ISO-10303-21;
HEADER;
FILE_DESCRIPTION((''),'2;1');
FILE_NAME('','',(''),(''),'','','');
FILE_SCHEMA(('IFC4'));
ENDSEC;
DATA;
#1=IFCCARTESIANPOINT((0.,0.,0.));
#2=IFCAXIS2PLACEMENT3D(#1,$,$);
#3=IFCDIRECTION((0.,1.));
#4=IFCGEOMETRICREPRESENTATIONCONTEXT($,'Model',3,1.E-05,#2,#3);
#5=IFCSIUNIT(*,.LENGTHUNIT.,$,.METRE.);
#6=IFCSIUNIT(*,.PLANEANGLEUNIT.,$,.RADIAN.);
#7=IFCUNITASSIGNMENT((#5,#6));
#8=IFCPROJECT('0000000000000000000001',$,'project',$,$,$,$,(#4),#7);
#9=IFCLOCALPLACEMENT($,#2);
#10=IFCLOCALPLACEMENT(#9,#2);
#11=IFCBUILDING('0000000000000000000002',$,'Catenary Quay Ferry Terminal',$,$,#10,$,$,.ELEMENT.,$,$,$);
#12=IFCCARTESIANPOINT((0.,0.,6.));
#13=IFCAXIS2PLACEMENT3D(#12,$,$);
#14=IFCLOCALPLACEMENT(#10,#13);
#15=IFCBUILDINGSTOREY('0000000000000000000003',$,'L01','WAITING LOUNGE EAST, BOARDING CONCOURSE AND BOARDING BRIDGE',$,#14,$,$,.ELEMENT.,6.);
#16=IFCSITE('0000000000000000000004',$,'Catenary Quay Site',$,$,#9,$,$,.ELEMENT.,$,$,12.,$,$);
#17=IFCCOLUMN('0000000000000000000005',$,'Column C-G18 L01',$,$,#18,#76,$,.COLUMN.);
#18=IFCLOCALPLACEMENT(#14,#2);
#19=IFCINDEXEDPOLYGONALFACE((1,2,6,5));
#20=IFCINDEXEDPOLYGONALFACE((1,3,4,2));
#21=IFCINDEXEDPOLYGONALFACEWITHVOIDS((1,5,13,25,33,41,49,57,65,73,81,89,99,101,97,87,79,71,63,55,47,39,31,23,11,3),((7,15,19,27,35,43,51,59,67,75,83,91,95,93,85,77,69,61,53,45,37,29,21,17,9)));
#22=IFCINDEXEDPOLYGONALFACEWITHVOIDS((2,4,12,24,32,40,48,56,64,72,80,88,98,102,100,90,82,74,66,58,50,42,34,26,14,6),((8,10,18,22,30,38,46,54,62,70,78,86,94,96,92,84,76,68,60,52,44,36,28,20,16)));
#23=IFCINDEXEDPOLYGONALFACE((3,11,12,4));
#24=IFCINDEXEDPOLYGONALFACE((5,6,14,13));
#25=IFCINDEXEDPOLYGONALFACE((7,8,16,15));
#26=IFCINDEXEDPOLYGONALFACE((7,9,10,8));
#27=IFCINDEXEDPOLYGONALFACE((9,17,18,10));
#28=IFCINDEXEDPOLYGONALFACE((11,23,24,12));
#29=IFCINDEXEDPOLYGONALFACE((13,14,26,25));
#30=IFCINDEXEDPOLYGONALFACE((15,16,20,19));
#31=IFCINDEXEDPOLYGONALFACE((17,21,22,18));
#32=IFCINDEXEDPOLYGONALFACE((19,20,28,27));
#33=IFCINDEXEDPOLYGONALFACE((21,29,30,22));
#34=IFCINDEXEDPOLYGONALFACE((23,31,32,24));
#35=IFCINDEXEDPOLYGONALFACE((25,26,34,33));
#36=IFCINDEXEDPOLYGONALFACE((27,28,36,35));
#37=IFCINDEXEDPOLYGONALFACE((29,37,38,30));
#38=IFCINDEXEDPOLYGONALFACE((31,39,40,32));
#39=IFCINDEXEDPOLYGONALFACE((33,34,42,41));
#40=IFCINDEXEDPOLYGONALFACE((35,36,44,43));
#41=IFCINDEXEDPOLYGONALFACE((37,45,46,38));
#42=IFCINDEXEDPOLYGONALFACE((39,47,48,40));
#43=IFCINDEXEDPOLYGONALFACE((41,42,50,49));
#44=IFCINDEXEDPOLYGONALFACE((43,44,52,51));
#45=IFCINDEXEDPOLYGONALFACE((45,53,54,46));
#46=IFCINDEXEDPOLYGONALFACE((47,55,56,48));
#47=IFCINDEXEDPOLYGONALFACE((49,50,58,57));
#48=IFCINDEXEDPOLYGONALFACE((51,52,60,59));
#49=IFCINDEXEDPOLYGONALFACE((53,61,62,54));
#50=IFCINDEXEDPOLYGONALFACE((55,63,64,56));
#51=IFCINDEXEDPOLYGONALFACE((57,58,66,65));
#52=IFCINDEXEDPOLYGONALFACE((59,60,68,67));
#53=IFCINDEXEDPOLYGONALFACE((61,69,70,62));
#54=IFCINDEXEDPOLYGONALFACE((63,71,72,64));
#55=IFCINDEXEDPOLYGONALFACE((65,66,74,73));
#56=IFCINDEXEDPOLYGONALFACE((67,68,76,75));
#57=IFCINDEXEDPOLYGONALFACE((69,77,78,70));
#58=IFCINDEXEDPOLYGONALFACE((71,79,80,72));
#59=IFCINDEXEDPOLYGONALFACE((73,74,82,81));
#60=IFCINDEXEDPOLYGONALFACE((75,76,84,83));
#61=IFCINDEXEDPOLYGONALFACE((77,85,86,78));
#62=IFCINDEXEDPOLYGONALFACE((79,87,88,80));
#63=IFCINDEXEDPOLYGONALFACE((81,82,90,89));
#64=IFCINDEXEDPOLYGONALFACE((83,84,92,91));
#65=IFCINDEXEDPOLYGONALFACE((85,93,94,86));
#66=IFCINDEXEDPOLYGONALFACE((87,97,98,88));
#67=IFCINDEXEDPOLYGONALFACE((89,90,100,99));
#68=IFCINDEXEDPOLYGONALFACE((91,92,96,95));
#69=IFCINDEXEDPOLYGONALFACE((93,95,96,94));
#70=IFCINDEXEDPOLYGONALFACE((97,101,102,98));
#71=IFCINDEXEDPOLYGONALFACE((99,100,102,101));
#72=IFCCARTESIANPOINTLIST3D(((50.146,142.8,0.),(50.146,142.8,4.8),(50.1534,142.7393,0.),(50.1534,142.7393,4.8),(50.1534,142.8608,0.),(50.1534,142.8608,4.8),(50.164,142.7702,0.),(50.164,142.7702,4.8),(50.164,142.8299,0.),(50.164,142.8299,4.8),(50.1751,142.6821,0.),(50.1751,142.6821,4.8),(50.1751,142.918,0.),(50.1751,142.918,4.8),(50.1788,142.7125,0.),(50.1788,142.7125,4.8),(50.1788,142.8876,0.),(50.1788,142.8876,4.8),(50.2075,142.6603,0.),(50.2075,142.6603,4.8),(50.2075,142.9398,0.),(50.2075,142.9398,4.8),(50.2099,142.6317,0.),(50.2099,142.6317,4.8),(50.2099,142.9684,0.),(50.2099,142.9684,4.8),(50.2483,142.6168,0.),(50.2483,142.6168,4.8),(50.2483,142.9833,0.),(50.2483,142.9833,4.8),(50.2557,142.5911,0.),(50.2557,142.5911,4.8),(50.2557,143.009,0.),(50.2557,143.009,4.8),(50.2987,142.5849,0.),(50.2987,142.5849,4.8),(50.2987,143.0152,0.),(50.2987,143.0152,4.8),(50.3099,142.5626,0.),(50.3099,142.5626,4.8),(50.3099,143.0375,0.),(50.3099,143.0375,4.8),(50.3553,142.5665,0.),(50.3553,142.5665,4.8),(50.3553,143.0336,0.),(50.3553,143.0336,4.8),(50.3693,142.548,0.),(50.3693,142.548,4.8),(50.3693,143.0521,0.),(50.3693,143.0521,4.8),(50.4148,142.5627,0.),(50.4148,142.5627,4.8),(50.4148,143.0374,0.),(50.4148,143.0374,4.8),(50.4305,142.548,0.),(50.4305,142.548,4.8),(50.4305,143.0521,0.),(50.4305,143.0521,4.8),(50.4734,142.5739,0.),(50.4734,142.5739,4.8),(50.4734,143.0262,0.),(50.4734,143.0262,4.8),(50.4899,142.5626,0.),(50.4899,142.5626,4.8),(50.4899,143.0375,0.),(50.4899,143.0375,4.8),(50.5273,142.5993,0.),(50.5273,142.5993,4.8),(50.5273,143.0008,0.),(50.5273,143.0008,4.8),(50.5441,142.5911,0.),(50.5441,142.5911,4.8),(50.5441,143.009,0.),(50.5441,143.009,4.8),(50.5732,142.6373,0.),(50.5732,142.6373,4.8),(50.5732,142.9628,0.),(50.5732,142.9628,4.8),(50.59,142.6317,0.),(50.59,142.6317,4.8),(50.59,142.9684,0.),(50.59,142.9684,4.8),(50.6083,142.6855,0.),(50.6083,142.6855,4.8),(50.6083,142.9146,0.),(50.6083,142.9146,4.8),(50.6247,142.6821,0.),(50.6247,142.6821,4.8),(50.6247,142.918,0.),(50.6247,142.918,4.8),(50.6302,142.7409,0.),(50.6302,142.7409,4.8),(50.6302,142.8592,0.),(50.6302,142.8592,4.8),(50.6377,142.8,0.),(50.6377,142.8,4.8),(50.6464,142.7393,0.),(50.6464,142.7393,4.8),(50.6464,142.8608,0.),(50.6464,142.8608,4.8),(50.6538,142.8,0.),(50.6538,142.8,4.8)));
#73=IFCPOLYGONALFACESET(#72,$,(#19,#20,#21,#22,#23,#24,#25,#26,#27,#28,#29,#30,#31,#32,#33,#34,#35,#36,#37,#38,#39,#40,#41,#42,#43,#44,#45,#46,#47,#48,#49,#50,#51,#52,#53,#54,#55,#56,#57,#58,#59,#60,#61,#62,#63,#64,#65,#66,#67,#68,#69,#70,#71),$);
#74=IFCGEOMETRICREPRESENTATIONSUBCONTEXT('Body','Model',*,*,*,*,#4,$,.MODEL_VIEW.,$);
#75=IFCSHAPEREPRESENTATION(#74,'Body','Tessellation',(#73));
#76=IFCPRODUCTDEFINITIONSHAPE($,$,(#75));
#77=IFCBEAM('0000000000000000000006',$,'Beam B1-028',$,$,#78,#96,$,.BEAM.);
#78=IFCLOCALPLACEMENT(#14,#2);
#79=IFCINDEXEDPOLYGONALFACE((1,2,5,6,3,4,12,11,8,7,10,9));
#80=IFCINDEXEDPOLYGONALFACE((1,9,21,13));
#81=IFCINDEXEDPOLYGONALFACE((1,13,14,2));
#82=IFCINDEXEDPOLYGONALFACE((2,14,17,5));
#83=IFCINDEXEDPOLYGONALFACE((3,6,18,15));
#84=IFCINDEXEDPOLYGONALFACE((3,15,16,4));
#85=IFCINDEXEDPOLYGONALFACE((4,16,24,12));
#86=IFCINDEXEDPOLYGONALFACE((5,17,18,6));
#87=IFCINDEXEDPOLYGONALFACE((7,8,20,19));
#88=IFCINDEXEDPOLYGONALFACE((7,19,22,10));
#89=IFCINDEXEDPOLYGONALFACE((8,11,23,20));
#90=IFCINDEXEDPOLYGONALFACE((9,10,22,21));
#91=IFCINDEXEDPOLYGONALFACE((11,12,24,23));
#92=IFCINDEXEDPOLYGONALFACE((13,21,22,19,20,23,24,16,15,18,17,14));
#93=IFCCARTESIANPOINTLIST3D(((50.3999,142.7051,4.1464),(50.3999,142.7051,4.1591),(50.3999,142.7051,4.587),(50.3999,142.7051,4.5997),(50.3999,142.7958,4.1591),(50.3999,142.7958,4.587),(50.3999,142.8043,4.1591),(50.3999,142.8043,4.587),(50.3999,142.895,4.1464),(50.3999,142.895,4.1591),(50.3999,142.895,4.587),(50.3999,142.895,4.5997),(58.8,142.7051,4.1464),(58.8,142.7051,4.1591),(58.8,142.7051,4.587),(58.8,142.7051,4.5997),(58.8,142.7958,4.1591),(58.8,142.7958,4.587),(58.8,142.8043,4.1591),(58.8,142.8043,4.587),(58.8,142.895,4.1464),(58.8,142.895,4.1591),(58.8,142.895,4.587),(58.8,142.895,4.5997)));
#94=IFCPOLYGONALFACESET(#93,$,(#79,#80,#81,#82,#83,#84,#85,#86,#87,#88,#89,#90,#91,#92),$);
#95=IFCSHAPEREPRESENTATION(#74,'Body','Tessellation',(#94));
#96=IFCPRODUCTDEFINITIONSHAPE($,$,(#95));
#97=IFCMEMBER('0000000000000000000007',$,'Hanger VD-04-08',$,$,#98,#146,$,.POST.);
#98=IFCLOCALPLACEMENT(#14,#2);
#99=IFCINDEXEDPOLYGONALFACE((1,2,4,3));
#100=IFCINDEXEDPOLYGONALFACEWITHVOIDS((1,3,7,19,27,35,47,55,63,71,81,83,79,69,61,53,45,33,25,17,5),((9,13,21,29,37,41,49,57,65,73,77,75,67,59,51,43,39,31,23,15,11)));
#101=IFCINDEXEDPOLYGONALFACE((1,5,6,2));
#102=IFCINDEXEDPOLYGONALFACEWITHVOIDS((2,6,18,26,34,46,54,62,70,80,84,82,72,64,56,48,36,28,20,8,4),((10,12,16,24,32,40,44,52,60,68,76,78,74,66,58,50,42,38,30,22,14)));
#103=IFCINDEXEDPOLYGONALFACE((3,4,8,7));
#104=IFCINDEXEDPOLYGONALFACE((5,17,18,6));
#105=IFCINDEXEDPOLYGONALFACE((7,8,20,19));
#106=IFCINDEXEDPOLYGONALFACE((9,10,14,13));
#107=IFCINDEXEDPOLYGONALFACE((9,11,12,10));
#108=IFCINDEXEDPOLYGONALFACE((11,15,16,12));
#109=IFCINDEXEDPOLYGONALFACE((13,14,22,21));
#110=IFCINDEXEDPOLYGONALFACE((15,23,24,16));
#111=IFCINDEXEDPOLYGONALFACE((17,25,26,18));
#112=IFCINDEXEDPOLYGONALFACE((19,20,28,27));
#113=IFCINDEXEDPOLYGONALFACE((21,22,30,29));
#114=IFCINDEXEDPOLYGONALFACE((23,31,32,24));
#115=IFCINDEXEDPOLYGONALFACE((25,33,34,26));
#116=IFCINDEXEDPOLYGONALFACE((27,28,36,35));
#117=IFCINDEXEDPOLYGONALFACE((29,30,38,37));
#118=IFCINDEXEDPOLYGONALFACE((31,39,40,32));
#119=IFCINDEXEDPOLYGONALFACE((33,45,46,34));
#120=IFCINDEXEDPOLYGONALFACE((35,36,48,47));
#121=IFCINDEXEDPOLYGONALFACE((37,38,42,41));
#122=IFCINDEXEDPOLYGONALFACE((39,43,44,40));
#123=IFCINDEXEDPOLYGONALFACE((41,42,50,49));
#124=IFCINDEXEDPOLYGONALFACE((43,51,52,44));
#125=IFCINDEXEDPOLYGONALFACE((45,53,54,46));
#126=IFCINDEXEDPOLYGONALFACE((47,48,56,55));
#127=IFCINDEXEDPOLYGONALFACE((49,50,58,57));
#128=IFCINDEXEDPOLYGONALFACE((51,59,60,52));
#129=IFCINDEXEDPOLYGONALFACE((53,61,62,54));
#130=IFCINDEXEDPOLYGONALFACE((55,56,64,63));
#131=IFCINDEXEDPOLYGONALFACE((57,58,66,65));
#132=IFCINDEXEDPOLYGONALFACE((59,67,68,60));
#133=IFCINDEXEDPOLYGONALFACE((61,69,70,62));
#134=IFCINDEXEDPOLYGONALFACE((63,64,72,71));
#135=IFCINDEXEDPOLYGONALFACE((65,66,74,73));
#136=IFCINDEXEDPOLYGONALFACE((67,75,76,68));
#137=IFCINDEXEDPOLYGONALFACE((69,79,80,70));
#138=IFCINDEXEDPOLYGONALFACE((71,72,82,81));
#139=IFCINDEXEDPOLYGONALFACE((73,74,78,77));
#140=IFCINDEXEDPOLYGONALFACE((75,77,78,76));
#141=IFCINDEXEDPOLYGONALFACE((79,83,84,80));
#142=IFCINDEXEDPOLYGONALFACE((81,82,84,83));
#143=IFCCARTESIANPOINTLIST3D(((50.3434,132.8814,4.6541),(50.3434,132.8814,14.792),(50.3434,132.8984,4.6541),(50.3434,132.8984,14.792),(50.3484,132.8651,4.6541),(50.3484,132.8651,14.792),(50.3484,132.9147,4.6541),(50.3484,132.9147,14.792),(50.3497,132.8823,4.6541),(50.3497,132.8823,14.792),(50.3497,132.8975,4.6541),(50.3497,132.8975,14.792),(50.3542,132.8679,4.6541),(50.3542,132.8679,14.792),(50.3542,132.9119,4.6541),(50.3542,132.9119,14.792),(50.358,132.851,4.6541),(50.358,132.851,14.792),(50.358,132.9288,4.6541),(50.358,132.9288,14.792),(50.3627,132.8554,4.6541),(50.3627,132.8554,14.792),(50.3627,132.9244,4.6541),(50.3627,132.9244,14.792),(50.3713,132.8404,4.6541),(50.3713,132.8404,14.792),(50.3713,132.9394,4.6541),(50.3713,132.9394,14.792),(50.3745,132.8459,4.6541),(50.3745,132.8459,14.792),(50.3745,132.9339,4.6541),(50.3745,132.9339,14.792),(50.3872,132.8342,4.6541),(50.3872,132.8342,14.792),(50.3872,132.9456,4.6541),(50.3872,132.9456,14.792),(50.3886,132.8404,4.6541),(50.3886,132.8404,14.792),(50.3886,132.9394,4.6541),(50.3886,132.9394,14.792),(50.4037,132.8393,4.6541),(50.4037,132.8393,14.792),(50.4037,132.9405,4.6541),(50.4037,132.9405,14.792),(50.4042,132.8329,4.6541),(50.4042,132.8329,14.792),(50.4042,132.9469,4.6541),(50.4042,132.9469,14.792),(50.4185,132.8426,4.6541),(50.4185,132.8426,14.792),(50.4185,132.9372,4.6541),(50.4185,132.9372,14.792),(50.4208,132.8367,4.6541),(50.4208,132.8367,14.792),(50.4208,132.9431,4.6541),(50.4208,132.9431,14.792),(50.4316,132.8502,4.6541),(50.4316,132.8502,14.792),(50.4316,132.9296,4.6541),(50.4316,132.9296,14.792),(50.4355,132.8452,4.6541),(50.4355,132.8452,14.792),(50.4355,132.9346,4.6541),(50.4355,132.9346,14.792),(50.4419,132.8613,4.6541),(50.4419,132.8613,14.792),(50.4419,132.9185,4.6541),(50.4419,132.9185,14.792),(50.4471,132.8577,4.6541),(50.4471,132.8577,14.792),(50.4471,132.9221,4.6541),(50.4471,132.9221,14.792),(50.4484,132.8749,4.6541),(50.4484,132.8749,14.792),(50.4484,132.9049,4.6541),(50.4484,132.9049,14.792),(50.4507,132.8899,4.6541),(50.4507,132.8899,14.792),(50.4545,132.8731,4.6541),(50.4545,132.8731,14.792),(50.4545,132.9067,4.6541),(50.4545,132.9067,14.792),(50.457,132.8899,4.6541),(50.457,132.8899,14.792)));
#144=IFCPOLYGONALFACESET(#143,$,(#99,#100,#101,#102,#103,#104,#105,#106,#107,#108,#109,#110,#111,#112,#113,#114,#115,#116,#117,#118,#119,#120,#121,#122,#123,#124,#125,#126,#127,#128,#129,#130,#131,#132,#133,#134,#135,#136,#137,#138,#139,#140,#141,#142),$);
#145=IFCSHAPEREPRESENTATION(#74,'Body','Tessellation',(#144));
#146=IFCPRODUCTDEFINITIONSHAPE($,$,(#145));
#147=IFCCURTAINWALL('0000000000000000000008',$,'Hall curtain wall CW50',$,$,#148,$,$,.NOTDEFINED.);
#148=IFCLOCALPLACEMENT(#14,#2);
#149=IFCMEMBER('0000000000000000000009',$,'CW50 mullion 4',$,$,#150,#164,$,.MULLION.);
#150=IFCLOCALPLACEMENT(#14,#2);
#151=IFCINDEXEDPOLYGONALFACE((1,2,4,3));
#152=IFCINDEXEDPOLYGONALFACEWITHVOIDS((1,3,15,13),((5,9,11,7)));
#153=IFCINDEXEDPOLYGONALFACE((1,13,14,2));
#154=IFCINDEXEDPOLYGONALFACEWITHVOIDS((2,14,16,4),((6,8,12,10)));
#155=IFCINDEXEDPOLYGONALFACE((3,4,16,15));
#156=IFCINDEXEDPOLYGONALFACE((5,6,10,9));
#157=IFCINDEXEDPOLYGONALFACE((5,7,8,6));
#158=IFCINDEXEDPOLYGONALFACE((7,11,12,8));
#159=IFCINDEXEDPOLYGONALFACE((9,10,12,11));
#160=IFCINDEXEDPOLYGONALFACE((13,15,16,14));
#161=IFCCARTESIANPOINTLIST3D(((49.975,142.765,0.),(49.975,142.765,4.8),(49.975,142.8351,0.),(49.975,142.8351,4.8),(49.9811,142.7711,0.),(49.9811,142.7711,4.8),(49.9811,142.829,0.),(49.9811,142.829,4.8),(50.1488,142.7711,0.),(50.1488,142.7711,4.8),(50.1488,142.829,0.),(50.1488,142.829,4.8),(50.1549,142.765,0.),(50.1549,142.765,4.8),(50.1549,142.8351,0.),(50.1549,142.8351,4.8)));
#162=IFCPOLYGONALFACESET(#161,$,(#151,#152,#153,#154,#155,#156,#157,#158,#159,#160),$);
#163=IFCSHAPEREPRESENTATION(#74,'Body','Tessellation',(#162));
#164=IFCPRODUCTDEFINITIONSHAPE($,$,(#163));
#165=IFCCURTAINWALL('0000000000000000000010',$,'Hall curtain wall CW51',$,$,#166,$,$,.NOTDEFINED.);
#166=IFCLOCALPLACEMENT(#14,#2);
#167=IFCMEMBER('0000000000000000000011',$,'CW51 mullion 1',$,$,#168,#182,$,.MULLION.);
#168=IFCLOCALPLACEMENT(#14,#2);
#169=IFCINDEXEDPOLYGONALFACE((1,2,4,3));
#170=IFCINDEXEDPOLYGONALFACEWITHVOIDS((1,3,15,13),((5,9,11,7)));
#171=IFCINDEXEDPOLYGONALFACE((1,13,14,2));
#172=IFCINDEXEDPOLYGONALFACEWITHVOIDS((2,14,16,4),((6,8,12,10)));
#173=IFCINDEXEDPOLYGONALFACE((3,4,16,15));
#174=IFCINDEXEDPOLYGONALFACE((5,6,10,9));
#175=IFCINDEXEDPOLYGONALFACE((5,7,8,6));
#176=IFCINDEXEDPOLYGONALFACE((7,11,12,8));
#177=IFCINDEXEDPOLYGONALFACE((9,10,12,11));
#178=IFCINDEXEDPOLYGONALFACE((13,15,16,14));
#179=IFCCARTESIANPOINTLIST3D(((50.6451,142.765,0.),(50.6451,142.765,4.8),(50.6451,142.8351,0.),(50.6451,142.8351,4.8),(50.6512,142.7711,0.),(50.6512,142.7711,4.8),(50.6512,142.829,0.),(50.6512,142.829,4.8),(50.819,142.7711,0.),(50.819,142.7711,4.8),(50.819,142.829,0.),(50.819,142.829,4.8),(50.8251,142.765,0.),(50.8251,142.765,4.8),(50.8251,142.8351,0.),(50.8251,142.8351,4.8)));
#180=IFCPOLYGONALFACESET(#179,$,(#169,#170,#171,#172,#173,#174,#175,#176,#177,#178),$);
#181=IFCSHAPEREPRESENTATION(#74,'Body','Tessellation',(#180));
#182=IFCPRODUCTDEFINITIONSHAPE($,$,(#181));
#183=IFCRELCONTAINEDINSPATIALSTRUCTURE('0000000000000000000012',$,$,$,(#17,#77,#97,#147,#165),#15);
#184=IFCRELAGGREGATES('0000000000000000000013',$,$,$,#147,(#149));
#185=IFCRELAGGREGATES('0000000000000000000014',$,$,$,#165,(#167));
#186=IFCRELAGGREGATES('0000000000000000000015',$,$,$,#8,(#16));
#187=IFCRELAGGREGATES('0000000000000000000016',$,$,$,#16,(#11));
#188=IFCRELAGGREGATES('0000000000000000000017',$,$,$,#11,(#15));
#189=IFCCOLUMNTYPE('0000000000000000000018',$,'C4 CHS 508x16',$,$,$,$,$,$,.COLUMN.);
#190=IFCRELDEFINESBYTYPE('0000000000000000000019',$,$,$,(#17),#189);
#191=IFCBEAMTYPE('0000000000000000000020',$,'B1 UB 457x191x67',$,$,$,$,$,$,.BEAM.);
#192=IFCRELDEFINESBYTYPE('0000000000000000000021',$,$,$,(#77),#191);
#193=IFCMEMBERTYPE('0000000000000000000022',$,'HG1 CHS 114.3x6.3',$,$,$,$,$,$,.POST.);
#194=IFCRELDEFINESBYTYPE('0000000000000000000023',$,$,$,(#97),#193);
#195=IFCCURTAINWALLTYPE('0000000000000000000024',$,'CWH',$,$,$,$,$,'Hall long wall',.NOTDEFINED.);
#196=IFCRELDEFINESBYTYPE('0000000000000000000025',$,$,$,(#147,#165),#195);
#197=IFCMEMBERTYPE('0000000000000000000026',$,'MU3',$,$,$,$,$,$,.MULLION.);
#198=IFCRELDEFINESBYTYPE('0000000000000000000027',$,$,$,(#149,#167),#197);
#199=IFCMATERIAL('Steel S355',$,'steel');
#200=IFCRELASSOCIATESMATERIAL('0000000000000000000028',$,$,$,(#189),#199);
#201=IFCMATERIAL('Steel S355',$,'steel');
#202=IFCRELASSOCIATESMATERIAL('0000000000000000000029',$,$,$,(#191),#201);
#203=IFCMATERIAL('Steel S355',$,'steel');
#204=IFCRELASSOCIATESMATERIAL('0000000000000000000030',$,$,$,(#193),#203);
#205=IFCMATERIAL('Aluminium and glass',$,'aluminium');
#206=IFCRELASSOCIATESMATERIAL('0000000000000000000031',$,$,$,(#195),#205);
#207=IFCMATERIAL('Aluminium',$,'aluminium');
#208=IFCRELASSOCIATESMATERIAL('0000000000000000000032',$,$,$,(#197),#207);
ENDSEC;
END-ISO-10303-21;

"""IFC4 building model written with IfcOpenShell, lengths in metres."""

from ifc_helpers import new_model, si_unit, direction, frame, origin, origin_2d, place, context, subcontext, project, spatial, hollow_rectangle, hollow_circle, i_section, extrude, material, material_profile, profile_set, type_object, element, aggregate, save


model = new_model("IFC4")

# Units and contexts
model_context = context("Model", 3, precision=1e-05, world=origin(), true_north=direction((0.0, 1.0)))
body_context = subcontext(model_context, "Body", "Model", "MODEL_VIEW")
ifc_project = project(units=[si_unit("LENGTHUNIT", "METRE"), si_unit("PLANEANGLEUNIT", "RADIAN")], contexts=[model_context])

# Site, building, storey
site_placement = place(None, origin())
site = spatial("IfcSite", under=ifc_project, at=site_placement, Name="Catenary Quay Site", CompositionType="ELEMENT", RefElevation=12.0)
building_placement = place(site_placement, origin())
building = spatial("IfcBuilding", under=site, at=building_placement, Name="Catenary Quay Ferry Terminal", CompositionType="ELEMENT")
storey_placement = place(building_placement, frame((0.0, 0.0, 6.0)))
storey = spatial("IfcBuildingStorey", under=building, at=storey_placement, Name="L01", Description="WAITING LOUNGE EAST, BOARDING CONCOURSE AND BOARDING BRIDGE", CompositionType="ELEMENT", Elevation=6.0)

# Column
ifc_material_1 = material(Name="Steel S355", Category="steel")
ifc_material_profile_1 = material_profile(ifc_material_1, hollow_circle(Radius=0.2539, WallThickness=0.0161, at=origin_2d()), Name="CHS 508x16")
ifc_profile_set_1 = profile_set([ifc_material_profile_1], Name="Steel S355")
column_type = type_object("IfcColumnType", Name="C4 CHS 508x16", PredefinedType="COLUMN", material=ifc_profile_set_1)
column_placement = place(storey_placement, frame((50.3999, 142.8, 0.0), z_axis=(0.0, 0.0, 1.0), x_axis=(1.0, 0.0, 0.0)))
element("IfcColumn", 1, at=column_placement, inside=storey, type_object=column_type, Name="Column C-G18 L01", PredefinedType="COLUMN", context=body_context, shape_type="SweptSolid", body=[
    extrude(hollow_circle(Radius=0.2539, WallThickness=0.0161, at=origin_2d()), origin(), (0.0, 0.0, 1.0), 4.8),
])

# Beam
ifc_material_2 = material(Name="Steel S355", Category="steel")
ifc_material_profile_2 = material_profile(ifc_material_2, i_section(OverallWidth=0.1899, OverallDepth=0.4534, WebThickness=0.0085, FlangeThickness=0.0127, at=origin_2d()), Name="UB 457x191x67")
ifc_profile_set_2 = profile_set([ifc_material_profile_2], Name="Steel S355")
beam_type = type_object("IfcBeamType", Name="B1 UB 457x191x67", PredefinedType="BEAM", material=ifc_profile_set_2)
beam_placement = place(storey_placement, frame((50.3999, 142.8, 4.373), z_axis=(1.0, 0.0, 0.0), x_axis=(0.0, 1.0, 0.0)))
element("IfcBeam", 2, at=beam_placement, inside=storey, type_object=beam_type, Name="Beam B1-028", PredefinedType="BEAM", context=body_context, shape_type="SweptSolid", body=[
    extrude(i_section(OverallWidth=0.1899, OverallDepth=0.4534, WebThickness=0.0085, FlangeThickness=0.0127, at=origin_2d()), origin(), (0.0, 0.0, 1.0), 8.4001),
])

# Member
ifc_material_3 = material(Name="Steel S355", Category="steel")
ifc_material_profile_3 = material_profile(ifc_material_3, hollow_circle(Radius=0.0571, WallThickness=0.0063, at=origin_2d()), Name="CHS 114.3x6.3")
ifc_profile_set_3 = profile_set([ifc_material_profile_3], Name="Steel S355")
member_type_1 = type_object("IfcMemberType", Name="HG1 CHS 114.3x6.3", PredefinedType="POST", material=ifc_profile_set_3)
member_1_placement = place(storey_placement, frame((50.3999, 132.8899, 4.6541), z_axis=(0.0, 0.0, 1.0), x_axis=(1.0, 0.0, 0.0)))
element("IfcMember", 3, at=member_1_placement, inside=storey, type_object=member_type_1, Name="Hanger VD-04-08", PredefinedType="POST", context=body_context, shape_type="SweptSolid", body=[
    extrude(hollow_circle(Radius=0.0571, WallThickness=0.0063, at=origin_2d()), origin(), (0.0, 0.0, 1.0), 10.1379),
])

# Curtain wall, member
ifc_material_4 = material(Name="Aluminium and glass", Category="aluminium")
curtain_wall_type = type_object("IfcCurtainWallType", Name="CWH", ElementType="Hall long wall", PredefinedType="NOTDEFINED", material=ifc_material_4)
curtain_wall_1_placement = place(storey_placement, origin())
curtain_wall_1 = element("IfcCurtainWall", 4, at=curtain_wall_1_placement, inside=storey, type_object=curtain_wall_type, Name="Hall curtain wall CW50", PredefinedType="NOTDEFINED")
ifc_material_5 = material(Name="Aluminium", Category="aluminium")
ifc_material_profile_4 = material_profile(ifc_material_5, hollow_rectangle(XDim=0.0701, YDim=0.1799, WallThickness=0.0061, at=origin_2d()), Name="MU3")
ifc_profile_set_4 = profile_set([ifc_material_profile_4], Name="Aluminium")
member_type_2 = type_object("IfcMemberType", Name="MU3", PredefinedType="MULLION", material=ifc_profile_set_4)
member_2_placement = place(storey_placement, frame((50.0649, 142.8, 0.0), z_axis=(0.0, 0.0, 1.0), x_axis=(0.0, 1.0, 0.0)))
member_2 = element("IfcMember", 5, at=member_2_placement, type_object=member_type_2, Name="CW50 mullion 4", PredefinedType="MULLION", context=body_context, shape_type="SweptSolid", body=[
    extrude(hollow_rectangle(XDim=0.0701, YDim=0.1799, WallThickness=0.0061, at=origin_2d()), origin(), (0.0, 0.0, 1.0), 4.8),
])

# Curtain wall, member
curtain_wall_2_placement = place(storey_placement, origin())
curtain_wall_2 = element("IfcCurtainWall", 6, at=curtain_wall_2_placement, inside=storey, type_object=curtain_wall_type, Name="Hall curtain wall CW51", PredefinedType="NOTDEFINED")
member_3_placement = place(storey_placement, frame((50.7351, 142.8, 0.0), z_axis=(0.0, 0.0, 1.0), x_axis=(0.0, 1.0, 0.0)))
member_3 = element("IfcMember", 7, at=member_3_placement, type_object=member_type_2, Name="CW51 mullion 1", PredefinedType="MULLION", context=body_context, shape_type="SweptSolid", body=[
    extrude(hollow_rectangle(XDim=0.0701, YDim=0.1799, WallThickness=0.0061, at=origin_2d()), origin(), (0.0, 0.0, 1.0), 4.8),
])

aggregate(curtain_wall_1, [member_2])
aggregate(curtain_wall_2, [member_3])

save(model, "model.ifc")
